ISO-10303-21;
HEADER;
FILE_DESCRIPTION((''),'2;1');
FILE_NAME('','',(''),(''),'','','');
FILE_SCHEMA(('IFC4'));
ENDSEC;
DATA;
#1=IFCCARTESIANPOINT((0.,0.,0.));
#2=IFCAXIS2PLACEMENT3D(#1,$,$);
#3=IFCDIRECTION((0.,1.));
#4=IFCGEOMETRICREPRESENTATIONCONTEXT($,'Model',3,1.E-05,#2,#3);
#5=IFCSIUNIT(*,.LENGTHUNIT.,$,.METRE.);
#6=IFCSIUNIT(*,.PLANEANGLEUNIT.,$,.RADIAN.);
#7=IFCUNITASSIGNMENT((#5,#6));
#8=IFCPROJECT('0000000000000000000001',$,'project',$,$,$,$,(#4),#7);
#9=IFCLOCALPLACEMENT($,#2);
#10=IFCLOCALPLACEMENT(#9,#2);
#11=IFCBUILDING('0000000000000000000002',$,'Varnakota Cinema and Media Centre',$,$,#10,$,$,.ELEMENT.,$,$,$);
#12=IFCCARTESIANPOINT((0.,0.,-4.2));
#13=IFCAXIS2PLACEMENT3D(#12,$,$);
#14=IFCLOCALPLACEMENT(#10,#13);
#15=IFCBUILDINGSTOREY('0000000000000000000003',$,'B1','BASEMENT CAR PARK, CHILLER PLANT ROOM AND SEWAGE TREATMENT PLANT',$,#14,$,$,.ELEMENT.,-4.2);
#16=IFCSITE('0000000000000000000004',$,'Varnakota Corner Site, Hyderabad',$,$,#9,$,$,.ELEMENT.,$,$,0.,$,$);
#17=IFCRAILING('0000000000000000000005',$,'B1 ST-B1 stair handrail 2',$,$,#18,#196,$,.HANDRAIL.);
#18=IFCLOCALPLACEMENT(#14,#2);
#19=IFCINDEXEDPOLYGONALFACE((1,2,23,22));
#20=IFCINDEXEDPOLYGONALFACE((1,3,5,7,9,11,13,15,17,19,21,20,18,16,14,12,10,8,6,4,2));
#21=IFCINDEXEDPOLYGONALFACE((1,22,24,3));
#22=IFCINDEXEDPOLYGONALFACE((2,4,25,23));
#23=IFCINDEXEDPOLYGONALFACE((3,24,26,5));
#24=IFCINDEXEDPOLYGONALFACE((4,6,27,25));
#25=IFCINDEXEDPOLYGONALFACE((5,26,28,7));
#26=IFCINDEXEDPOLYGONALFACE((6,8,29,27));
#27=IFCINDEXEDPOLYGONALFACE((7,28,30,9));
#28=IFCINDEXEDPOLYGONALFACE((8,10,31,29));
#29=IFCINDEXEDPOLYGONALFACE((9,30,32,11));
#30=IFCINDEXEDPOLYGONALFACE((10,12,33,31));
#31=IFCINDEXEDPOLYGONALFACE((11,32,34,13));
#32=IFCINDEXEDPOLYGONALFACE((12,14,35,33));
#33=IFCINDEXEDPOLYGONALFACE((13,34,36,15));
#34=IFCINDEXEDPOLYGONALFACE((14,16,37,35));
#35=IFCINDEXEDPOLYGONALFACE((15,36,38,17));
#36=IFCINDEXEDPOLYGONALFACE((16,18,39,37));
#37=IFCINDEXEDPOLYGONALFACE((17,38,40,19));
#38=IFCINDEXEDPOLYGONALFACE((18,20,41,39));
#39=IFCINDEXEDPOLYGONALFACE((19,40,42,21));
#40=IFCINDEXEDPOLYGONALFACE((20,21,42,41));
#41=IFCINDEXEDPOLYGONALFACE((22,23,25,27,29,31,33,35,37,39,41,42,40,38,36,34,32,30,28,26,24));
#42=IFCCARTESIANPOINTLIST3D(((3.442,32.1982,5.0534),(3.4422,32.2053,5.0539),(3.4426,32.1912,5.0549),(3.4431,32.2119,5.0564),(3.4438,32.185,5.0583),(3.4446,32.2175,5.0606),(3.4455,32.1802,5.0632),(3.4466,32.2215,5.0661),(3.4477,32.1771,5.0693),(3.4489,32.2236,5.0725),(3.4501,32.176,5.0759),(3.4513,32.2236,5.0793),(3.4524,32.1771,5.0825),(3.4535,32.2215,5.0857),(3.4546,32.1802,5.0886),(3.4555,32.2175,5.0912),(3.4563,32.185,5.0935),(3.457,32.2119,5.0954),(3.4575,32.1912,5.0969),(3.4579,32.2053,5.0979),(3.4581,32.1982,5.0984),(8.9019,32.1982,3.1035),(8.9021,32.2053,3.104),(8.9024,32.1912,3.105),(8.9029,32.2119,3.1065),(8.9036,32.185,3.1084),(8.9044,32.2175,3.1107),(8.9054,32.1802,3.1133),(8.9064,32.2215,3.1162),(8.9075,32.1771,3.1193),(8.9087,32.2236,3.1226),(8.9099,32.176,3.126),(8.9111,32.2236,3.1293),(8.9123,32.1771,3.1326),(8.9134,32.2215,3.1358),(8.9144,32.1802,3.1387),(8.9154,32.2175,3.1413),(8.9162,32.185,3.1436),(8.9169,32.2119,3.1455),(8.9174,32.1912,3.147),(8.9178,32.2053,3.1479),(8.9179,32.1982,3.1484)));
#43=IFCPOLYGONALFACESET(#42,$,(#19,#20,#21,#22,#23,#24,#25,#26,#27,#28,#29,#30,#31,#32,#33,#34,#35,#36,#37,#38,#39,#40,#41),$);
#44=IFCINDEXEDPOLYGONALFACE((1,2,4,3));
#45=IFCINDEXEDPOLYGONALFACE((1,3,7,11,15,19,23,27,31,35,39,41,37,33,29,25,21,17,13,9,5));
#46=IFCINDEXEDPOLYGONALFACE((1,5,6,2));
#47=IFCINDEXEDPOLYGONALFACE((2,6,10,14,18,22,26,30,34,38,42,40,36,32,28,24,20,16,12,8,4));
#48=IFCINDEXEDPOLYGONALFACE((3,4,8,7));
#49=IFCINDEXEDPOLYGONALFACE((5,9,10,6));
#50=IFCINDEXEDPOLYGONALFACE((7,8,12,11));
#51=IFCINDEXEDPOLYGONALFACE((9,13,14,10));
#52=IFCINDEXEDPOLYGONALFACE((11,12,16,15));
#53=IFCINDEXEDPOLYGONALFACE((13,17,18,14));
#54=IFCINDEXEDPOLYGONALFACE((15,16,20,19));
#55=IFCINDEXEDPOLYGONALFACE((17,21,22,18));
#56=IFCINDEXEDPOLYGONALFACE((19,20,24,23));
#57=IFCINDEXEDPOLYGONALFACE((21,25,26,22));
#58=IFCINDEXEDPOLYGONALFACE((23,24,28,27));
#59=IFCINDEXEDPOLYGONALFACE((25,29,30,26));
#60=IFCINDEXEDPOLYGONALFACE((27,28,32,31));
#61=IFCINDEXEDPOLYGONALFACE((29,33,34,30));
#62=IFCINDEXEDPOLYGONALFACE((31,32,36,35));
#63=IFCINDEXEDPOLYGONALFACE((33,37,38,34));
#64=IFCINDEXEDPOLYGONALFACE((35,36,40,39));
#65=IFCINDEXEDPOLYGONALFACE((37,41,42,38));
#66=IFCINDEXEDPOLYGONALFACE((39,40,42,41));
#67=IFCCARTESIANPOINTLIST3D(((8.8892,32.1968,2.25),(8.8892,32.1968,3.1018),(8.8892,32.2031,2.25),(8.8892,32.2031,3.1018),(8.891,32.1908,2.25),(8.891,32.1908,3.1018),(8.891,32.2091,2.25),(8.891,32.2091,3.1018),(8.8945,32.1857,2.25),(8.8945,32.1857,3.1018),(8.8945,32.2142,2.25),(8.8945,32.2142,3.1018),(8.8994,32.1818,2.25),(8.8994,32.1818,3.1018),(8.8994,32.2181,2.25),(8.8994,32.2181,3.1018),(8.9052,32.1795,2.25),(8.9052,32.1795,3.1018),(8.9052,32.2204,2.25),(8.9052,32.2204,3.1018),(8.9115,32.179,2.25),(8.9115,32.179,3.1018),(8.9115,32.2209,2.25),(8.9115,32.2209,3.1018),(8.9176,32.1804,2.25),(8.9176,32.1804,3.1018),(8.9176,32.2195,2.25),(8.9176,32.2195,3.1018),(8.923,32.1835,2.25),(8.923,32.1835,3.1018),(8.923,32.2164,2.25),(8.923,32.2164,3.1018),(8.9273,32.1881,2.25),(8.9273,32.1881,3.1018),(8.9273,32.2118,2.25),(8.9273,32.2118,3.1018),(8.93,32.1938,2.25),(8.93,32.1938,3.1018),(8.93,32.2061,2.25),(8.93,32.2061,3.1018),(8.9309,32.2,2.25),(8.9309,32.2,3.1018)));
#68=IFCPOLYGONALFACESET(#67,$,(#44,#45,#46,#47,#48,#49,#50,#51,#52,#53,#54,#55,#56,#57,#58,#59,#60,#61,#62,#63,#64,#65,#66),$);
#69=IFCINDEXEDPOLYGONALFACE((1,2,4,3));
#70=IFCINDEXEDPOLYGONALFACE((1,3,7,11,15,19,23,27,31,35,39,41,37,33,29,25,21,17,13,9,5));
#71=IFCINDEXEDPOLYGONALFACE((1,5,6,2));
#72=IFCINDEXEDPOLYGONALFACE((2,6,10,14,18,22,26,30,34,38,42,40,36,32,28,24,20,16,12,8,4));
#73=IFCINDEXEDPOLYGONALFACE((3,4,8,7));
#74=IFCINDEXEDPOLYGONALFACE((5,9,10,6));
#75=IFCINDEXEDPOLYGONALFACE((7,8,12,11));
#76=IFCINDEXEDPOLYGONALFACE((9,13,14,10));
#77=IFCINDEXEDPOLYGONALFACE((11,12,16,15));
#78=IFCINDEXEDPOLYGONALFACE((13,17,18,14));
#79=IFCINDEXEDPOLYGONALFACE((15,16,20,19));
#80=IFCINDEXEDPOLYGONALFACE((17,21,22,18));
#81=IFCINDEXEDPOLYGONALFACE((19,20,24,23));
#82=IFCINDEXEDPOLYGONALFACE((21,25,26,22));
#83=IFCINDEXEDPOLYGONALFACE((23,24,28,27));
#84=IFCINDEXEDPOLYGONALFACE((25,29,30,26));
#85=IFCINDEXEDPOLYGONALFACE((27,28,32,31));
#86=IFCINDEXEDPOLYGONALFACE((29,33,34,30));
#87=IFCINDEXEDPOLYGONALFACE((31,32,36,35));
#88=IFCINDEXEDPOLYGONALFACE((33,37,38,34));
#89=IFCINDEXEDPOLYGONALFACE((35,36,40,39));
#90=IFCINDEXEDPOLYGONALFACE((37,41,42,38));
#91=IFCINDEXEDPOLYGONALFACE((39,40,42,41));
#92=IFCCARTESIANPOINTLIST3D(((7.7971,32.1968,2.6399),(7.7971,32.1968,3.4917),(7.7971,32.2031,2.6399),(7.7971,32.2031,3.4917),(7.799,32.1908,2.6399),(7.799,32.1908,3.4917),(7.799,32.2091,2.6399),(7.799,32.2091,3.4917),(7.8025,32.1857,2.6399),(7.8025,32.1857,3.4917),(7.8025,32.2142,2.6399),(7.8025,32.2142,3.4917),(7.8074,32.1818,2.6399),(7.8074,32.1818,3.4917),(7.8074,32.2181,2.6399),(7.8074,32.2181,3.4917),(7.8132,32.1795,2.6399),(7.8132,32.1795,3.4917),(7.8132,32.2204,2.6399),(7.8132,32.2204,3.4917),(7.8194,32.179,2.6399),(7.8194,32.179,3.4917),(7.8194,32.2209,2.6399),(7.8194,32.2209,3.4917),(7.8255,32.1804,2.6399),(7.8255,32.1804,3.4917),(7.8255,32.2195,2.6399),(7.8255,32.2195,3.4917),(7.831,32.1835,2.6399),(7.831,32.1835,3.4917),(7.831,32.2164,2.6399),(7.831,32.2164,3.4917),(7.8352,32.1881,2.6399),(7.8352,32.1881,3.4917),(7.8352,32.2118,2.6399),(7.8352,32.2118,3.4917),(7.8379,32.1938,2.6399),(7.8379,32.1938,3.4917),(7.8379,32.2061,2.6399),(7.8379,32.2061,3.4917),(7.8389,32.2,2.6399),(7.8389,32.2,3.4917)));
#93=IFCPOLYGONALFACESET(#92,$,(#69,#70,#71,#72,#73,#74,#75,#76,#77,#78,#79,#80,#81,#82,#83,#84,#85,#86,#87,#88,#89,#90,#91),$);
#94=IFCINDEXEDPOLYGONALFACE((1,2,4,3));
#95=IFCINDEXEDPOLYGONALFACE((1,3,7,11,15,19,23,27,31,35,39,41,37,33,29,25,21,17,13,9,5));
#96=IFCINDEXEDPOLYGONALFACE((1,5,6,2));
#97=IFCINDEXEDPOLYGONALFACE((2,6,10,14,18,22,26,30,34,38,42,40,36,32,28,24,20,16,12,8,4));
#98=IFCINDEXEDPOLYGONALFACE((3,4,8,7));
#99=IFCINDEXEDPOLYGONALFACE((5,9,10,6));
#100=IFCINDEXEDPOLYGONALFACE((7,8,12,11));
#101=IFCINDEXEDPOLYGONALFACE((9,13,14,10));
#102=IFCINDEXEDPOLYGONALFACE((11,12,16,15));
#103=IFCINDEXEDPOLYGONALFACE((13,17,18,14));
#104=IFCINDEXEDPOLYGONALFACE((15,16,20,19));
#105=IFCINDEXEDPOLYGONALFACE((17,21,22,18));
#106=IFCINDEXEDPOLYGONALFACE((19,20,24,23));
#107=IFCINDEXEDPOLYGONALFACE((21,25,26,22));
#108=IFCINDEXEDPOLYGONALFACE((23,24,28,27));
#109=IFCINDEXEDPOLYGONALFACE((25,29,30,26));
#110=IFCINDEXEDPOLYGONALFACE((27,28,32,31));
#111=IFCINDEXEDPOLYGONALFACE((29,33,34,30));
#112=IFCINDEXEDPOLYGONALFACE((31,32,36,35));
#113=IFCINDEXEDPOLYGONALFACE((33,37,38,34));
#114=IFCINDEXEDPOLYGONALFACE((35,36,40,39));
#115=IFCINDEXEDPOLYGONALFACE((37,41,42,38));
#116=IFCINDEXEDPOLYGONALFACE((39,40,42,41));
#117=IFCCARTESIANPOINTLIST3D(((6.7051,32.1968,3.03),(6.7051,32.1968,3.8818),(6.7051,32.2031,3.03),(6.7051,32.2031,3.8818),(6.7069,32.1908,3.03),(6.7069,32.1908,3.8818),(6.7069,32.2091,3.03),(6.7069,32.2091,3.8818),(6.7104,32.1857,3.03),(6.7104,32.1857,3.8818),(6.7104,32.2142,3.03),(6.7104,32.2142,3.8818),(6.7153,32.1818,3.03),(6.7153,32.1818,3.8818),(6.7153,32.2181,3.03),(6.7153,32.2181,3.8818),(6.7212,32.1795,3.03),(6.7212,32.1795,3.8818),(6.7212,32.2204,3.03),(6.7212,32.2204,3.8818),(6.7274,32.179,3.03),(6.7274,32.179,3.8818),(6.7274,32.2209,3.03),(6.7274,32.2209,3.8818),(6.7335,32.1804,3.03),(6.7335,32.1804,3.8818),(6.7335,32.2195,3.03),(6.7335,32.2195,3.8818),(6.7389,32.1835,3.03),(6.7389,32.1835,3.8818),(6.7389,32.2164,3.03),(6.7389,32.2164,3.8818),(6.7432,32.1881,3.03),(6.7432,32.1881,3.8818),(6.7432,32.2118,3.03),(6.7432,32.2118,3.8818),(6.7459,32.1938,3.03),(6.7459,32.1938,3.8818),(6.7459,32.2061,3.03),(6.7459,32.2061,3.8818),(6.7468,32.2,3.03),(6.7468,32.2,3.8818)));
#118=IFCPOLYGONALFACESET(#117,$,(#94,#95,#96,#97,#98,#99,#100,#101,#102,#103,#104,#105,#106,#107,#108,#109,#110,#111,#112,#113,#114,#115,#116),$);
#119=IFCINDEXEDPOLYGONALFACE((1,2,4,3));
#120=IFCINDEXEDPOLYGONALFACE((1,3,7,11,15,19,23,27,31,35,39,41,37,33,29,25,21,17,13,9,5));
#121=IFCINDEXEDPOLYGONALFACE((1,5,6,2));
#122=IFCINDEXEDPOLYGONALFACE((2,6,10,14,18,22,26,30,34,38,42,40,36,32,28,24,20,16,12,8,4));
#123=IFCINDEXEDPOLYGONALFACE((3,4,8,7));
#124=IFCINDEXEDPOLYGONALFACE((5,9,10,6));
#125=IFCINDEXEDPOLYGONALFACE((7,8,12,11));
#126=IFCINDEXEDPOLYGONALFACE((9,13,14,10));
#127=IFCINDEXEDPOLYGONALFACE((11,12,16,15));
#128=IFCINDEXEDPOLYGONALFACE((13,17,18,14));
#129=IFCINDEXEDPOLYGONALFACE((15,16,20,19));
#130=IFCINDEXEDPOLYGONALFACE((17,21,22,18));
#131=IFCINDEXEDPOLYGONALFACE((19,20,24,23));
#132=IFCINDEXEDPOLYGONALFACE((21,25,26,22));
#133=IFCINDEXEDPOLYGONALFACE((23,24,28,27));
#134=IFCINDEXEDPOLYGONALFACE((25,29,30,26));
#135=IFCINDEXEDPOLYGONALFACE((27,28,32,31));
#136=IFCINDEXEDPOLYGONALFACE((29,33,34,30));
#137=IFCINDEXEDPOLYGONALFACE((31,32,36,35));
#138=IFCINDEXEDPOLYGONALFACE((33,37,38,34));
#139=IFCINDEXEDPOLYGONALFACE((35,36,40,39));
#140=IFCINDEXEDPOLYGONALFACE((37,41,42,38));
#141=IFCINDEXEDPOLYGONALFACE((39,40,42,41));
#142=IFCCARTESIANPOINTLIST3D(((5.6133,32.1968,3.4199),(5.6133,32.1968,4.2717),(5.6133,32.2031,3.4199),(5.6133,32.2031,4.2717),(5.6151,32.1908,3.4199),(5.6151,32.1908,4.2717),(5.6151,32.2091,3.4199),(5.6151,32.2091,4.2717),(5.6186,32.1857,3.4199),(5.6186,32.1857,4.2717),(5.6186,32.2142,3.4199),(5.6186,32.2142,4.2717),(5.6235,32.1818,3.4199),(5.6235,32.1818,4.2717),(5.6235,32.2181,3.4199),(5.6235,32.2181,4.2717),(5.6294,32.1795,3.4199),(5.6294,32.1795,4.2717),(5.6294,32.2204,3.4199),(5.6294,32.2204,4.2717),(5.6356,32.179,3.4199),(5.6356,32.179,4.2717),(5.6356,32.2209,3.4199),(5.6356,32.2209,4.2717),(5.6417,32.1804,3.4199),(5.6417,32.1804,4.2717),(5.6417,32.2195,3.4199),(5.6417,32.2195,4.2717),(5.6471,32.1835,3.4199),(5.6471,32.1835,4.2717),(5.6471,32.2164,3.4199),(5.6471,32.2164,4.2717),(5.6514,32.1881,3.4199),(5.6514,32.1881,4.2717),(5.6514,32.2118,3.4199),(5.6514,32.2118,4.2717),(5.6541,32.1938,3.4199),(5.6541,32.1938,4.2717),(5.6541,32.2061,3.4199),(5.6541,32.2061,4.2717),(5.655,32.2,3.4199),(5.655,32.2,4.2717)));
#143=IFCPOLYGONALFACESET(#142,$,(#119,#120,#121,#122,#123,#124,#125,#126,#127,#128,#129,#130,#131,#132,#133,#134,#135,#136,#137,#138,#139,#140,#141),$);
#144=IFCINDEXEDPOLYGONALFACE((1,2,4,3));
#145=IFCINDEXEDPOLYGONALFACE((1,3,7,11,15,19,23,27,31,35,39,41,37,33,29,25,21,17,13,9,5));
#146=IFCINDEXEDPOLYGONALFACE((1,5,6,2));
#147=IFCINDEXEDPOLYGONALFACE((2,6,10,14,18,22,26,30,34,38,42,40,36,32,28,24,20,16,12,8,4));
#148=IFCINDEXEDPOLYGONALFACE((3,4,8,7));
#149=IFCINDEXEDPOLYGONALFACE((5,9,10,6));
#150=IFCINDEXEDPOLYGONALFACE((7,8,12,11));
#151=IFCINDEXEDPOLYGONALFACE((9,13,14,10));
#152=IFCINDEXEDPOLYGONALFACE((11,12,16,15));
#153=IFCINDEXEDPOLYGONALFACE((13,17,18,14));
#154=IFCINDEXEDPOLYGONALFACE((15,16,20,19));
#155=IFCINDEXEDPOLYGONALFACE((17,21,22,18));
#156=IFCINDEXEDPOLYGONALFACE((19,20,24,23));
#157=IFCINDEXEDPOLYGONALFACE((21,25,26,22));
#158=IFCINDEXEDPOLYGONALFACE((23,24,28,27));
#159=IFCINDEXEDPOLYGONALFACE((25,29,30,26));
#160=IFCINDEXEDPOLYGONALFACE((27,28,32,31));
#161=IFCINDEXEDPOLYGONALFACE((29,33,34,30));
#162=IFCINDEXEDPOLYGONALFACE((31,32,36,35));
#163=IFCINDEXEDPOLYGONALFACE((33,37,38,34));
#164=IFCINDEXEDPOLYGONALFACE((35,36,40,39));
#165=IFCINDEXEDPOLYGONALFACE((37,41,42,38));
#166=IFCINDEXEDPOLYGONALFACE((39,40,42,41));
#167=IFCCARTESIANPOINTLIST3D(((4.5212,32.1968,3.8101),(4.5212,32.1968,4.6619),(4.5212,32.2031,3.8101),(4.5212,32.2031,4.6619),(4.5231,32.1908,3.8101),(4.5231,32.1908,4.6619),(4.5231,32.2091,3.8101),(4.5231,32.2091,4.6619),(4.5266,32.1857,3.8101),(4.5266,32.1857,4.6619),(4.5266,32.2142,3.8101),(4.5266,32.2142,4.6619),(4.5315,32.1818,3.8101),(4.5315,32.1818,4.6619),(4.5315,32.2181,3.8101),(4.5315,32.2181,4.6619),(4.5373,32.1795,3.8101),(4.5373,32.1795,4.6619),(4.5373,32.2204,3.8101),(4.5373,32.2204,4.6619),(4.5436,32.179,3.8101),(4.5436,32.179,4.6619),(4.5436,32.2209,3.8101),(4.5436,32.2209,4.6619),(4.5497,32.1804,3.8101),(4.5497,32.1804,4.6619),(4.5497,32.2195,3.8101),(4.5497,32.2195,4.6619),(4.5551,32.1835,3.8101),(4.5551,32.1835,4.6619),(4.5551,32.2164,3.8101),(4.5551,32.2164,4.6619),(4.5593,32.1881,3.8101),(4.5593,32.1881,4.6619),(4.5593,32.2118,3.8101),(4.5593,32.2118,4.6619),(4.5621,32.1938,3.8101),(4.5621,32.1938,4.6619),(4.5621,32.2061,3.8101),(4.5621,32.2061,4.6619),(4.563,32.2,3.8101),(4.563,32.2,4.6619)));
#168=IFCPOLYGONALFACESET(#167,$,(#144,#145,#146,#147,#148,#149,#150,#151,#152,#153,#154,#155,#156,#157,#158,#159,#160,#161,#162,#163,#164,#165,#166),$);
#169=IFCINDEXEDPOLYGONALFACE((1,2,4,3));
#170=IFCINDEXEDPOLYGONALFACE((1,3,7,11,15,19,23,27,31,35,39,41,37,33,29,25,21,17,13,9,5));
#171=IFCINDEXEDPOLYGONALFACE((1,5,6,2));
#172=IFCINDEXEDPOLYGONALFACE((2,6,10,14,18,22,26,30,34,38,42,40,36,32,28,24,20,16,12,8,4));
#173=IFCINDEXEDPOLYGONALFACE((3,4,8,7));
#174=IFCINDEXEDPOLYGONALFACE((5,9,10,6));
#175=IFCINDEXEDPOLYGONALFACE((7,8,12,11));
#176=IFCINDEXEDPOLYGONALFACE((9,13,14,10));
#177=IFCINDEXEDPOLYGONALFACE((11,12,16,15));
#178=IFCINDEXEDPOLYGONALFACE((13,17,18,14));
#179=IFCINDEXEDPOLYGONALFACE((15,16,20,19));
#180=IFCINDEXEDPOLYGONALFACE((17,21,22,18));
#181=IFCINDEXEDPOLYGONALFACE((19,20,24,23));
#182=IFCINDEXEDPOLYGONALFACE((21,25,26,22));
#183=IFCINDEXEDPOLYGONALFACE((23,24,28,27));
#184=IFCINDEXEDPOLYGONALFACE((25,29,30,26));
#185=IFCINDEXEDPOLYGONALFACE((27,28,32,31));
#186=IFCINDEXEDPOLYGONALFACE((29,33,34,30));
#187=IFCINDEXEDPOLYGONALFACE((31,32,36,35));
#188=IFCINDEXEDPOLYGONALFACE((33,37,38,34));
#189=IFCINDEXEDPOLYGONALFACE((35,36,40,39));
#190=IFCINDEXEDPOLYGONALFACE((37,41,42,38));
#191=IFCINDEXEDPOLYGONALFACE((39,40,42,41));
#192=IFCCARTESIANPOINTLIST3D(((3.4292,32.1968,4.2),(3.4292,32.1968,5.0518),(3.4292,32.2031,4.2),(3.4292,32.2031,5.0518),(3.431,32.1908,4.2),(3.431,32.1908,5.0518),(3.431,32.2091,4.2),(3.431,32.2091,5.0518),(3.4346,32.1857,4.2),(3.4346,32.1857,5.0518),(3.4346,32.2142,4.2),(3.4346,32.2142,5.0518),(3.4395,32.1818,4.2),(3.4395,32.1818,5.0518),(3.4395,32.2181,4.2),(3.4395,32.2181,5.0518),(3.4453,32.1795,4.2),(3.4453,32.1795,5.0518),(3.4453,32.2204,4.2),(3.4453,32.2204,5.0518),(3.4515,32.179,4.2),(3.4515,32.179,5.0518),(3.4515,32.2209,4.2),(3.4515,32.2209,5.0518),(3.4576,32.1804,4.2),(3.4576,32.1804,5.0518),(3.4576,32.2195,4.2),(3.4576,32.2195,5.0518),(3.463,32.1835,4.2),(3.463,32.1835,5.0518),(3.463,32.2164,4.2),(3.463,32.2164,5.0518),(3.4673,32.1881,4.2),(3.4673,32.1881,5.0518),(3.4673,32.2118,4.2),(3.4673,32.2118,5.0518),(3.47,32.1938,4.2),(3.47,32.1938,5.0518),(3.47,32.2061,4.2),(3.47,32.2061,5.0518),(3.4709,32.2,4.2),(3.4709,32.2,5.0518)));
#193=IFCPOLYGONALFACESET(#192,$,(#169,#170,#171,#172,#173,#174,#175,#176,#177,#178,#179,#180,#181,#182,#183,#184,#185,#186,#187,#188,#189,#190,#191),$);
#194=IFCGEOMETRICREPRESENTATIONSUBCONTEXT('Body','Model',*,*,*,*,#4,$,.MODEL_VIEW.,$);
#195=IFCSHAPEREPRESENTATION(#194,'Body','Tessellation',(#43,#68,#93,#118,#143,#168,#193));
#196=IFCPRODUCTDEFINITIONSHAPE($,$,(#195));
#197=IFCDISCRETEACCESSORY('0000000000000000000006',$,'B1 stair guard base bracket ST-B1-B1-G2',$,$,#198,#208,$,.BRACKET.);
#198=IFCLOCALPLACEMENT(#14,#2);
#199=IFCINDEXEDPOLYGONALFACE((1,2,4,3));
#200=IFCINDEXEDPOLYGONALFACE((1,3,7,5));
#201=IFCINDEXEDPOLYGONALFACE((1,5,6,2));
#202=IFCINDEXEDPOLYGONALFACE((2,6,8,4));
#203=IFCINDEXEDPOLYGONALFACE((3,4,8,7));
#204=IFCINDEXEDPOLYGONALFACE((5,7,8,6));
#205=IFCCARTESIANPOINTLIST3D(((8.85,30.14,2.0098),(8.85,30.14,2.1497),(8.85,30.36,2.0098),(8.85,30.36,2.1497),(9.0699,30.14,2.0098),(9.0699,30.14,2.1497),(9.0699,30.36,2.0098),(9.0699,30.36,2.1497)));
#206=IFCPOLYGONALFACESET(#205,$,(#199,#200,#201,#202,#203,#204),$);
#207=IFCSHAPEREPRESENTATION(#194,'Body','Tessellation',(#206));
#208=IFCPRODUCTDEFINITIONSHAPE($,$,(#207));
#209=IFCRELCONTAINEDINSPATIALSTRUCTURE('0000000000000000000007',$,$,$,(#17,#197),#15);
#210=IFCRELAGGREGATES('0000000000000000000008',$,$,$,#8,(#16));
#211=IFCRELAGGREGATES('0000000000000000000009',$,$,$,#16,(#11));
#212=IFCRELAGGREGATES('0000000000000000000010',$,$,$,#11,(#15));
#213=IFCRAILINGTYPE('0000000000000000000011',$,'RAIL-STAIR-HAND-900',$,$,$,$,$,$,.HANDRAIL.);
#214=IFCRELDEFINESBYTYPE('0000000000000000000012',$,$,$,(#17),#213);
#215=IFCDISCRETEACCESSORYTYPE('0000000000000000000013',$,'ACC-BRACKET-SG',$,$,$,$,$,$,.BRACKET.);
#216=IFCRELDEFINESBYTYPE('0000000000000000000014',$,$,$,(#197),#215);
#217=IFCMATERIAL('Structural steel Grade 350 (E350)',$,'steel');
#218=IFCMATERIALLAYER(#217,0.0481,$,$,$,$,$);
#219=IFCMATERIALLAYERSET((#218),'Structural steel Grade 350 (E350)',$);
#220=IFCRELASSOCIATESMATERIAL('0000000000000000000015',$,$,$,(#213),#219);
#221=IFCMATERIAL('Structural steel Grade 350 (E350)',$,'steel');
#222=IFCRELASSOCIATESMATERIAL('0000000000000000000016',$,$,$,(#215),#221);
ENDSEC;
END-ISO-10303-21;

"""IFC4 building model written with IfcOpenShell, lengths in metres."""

from ifc_helpers import new_model, si_unit, direction, frame, origin, origin_2d, place, context, subcontext, project, spatial, rectangle, circle, extrude, material, layer, layer_set, type_object, element, save


model = new_model("IFC4")

# Units and contexts
model_context = context("Model", 3, precision=1e-05, world=origin(), true_north=direction((0.0, 1.0)))
body_context = subcontext(model_context, "Body", "Model", "MODEL_VIEW")
ifc_project = project(units=[si_unit("LENGTHUNIT", "METRE"), si_unit("PLANEANGLEUNIT", "RADIAN")], contexts=[model_context])

# Site, building, storey
site_placement = place(None, origin())
site = spatial("IfcSite", under=ifc_project, at=site_placement, Name="Varnakota Corner Site, Hyderabad", CompositionType="ELEMENT", RefElevation=0.0)
building_placement = place(site_placement, origin())
building = spatial("IfcBuilding", under=site, at=building_placement, Name="Varnakota Cinema and Media Centre", CompositionType="ELEMENT")
storey_placement = place(building_placement, frame((0.0, 0.0, -4.2)))
storey = spatial("IfcBuildingStorey", under=building, at=storey_placement, Name="B1", Description="BASEMENT CAR PARK, CHILLER PLANT ROOM AND SEWAGE TREATMENT PLANT", CompositionType="ELEMENT", Elevation=-4.2)

# Railing
ifc_material_1 = material(Name="Structural steel Grade 350 (E350)", Category="steel")
ifc_layer_1 = layer(ifc_material_1, 0.0481)
ifc_layer_set_1 = layer_set([ifc_layer_1], Name="Structural steel Grade 350 (E350)")
railing_type_1 = type_object("IfcRailingType", Name="RAIL-STAIR-HAND-900", PredefinedType="HANDRAIL", material=ifc_layer_set_1)
railing_1_placement = place(storey_placement, frame((8.9099, 32.2, 2.25)))
element("IfcRailing", 1, at=railing_1_placement, inside=storey, type_object=railing_type_1, Name="B1 ST-B1 stair handrail 2", PredefinedType="HANDRAIL", context=body_context, shape_type="SweptSolid", body=[
    extrude(circle(Radius=0.0239, at=origin_2d()), frame((0.0, 0.0, 0.876), z_axis=(-0.941744, 0.0, 0.336331), x_axis=(0.0, -1.0, 0.0)), (0.0, 0.0, 1.0), 5.7976),
    extrude(circle(Radius=0.021, at=origin_2d()), origin(), (0.0, 0.0, 1.0), 0.8518),
    extrude(circle(Radius=0.021, at=origin_2d()), frame((-1.092, 0.0, 0.3899)), (0.0, 0.0, 1.0), 0.8518),
    extrude(circle(Radius=0.021, at=origin_2d()), frame((-2.1841, 0.0, 0.78)), (0.0, 0.0, 1.0), 0.8518),
    extrude(circle(Radius=0.021, at=origin_2d()), frame((-3.2759, 0.0, 1.1699)), (0.0, 0.0, 1.0), 0.8518),
    extrude(circle(Radius=0.021, at=origin_2d()), frame((-4.3679, 0.0, 1.5601)), (0.0, 0.0, 1.0), 0.8518),
    extrude(circle(Radius=0.021, at=origin_2d()), frame((-5.46, 0.0, 1.95)), (0.0, 0.0, 1.0), 0.8518),
])

# Discrete accessory
ifc_material_2 = material(Name="Structural steel Grade 350 (E350)", Category="steel")
discrete_accessory_type = type_object("IfcDiscreteAccessoryType", Name="ACC-BRACKET-SG", PredefinedType="BRACKET", material=ifc_material_2)
for number, where, z_axis, x_axis, name in (
    (2, (8.96, 30.25, 2.0098), (0.0, 0.0, 1.0), (1.0, 0.0, 0.0), "B1 stair guard base bracket ST-B1-B1-G2"),
):
    element("IfcDiscreteAccessory", number, at=place(storey_placement, frame(where, z_axis=z_axis, x_axis=x_axis)), inside=storey, type_object=discrete_accessory_type, Name=name, PredefinedType="BRACKET", context=body_context, shape_type="SweptSolid", body=[
        extrude(rectangle(XDim=0.22, YDim=0.22, at=origin_2d()), origin(), (0.0, 0.0, 1.0), 0.1399),
    ])

save(model, "model.ifc")
